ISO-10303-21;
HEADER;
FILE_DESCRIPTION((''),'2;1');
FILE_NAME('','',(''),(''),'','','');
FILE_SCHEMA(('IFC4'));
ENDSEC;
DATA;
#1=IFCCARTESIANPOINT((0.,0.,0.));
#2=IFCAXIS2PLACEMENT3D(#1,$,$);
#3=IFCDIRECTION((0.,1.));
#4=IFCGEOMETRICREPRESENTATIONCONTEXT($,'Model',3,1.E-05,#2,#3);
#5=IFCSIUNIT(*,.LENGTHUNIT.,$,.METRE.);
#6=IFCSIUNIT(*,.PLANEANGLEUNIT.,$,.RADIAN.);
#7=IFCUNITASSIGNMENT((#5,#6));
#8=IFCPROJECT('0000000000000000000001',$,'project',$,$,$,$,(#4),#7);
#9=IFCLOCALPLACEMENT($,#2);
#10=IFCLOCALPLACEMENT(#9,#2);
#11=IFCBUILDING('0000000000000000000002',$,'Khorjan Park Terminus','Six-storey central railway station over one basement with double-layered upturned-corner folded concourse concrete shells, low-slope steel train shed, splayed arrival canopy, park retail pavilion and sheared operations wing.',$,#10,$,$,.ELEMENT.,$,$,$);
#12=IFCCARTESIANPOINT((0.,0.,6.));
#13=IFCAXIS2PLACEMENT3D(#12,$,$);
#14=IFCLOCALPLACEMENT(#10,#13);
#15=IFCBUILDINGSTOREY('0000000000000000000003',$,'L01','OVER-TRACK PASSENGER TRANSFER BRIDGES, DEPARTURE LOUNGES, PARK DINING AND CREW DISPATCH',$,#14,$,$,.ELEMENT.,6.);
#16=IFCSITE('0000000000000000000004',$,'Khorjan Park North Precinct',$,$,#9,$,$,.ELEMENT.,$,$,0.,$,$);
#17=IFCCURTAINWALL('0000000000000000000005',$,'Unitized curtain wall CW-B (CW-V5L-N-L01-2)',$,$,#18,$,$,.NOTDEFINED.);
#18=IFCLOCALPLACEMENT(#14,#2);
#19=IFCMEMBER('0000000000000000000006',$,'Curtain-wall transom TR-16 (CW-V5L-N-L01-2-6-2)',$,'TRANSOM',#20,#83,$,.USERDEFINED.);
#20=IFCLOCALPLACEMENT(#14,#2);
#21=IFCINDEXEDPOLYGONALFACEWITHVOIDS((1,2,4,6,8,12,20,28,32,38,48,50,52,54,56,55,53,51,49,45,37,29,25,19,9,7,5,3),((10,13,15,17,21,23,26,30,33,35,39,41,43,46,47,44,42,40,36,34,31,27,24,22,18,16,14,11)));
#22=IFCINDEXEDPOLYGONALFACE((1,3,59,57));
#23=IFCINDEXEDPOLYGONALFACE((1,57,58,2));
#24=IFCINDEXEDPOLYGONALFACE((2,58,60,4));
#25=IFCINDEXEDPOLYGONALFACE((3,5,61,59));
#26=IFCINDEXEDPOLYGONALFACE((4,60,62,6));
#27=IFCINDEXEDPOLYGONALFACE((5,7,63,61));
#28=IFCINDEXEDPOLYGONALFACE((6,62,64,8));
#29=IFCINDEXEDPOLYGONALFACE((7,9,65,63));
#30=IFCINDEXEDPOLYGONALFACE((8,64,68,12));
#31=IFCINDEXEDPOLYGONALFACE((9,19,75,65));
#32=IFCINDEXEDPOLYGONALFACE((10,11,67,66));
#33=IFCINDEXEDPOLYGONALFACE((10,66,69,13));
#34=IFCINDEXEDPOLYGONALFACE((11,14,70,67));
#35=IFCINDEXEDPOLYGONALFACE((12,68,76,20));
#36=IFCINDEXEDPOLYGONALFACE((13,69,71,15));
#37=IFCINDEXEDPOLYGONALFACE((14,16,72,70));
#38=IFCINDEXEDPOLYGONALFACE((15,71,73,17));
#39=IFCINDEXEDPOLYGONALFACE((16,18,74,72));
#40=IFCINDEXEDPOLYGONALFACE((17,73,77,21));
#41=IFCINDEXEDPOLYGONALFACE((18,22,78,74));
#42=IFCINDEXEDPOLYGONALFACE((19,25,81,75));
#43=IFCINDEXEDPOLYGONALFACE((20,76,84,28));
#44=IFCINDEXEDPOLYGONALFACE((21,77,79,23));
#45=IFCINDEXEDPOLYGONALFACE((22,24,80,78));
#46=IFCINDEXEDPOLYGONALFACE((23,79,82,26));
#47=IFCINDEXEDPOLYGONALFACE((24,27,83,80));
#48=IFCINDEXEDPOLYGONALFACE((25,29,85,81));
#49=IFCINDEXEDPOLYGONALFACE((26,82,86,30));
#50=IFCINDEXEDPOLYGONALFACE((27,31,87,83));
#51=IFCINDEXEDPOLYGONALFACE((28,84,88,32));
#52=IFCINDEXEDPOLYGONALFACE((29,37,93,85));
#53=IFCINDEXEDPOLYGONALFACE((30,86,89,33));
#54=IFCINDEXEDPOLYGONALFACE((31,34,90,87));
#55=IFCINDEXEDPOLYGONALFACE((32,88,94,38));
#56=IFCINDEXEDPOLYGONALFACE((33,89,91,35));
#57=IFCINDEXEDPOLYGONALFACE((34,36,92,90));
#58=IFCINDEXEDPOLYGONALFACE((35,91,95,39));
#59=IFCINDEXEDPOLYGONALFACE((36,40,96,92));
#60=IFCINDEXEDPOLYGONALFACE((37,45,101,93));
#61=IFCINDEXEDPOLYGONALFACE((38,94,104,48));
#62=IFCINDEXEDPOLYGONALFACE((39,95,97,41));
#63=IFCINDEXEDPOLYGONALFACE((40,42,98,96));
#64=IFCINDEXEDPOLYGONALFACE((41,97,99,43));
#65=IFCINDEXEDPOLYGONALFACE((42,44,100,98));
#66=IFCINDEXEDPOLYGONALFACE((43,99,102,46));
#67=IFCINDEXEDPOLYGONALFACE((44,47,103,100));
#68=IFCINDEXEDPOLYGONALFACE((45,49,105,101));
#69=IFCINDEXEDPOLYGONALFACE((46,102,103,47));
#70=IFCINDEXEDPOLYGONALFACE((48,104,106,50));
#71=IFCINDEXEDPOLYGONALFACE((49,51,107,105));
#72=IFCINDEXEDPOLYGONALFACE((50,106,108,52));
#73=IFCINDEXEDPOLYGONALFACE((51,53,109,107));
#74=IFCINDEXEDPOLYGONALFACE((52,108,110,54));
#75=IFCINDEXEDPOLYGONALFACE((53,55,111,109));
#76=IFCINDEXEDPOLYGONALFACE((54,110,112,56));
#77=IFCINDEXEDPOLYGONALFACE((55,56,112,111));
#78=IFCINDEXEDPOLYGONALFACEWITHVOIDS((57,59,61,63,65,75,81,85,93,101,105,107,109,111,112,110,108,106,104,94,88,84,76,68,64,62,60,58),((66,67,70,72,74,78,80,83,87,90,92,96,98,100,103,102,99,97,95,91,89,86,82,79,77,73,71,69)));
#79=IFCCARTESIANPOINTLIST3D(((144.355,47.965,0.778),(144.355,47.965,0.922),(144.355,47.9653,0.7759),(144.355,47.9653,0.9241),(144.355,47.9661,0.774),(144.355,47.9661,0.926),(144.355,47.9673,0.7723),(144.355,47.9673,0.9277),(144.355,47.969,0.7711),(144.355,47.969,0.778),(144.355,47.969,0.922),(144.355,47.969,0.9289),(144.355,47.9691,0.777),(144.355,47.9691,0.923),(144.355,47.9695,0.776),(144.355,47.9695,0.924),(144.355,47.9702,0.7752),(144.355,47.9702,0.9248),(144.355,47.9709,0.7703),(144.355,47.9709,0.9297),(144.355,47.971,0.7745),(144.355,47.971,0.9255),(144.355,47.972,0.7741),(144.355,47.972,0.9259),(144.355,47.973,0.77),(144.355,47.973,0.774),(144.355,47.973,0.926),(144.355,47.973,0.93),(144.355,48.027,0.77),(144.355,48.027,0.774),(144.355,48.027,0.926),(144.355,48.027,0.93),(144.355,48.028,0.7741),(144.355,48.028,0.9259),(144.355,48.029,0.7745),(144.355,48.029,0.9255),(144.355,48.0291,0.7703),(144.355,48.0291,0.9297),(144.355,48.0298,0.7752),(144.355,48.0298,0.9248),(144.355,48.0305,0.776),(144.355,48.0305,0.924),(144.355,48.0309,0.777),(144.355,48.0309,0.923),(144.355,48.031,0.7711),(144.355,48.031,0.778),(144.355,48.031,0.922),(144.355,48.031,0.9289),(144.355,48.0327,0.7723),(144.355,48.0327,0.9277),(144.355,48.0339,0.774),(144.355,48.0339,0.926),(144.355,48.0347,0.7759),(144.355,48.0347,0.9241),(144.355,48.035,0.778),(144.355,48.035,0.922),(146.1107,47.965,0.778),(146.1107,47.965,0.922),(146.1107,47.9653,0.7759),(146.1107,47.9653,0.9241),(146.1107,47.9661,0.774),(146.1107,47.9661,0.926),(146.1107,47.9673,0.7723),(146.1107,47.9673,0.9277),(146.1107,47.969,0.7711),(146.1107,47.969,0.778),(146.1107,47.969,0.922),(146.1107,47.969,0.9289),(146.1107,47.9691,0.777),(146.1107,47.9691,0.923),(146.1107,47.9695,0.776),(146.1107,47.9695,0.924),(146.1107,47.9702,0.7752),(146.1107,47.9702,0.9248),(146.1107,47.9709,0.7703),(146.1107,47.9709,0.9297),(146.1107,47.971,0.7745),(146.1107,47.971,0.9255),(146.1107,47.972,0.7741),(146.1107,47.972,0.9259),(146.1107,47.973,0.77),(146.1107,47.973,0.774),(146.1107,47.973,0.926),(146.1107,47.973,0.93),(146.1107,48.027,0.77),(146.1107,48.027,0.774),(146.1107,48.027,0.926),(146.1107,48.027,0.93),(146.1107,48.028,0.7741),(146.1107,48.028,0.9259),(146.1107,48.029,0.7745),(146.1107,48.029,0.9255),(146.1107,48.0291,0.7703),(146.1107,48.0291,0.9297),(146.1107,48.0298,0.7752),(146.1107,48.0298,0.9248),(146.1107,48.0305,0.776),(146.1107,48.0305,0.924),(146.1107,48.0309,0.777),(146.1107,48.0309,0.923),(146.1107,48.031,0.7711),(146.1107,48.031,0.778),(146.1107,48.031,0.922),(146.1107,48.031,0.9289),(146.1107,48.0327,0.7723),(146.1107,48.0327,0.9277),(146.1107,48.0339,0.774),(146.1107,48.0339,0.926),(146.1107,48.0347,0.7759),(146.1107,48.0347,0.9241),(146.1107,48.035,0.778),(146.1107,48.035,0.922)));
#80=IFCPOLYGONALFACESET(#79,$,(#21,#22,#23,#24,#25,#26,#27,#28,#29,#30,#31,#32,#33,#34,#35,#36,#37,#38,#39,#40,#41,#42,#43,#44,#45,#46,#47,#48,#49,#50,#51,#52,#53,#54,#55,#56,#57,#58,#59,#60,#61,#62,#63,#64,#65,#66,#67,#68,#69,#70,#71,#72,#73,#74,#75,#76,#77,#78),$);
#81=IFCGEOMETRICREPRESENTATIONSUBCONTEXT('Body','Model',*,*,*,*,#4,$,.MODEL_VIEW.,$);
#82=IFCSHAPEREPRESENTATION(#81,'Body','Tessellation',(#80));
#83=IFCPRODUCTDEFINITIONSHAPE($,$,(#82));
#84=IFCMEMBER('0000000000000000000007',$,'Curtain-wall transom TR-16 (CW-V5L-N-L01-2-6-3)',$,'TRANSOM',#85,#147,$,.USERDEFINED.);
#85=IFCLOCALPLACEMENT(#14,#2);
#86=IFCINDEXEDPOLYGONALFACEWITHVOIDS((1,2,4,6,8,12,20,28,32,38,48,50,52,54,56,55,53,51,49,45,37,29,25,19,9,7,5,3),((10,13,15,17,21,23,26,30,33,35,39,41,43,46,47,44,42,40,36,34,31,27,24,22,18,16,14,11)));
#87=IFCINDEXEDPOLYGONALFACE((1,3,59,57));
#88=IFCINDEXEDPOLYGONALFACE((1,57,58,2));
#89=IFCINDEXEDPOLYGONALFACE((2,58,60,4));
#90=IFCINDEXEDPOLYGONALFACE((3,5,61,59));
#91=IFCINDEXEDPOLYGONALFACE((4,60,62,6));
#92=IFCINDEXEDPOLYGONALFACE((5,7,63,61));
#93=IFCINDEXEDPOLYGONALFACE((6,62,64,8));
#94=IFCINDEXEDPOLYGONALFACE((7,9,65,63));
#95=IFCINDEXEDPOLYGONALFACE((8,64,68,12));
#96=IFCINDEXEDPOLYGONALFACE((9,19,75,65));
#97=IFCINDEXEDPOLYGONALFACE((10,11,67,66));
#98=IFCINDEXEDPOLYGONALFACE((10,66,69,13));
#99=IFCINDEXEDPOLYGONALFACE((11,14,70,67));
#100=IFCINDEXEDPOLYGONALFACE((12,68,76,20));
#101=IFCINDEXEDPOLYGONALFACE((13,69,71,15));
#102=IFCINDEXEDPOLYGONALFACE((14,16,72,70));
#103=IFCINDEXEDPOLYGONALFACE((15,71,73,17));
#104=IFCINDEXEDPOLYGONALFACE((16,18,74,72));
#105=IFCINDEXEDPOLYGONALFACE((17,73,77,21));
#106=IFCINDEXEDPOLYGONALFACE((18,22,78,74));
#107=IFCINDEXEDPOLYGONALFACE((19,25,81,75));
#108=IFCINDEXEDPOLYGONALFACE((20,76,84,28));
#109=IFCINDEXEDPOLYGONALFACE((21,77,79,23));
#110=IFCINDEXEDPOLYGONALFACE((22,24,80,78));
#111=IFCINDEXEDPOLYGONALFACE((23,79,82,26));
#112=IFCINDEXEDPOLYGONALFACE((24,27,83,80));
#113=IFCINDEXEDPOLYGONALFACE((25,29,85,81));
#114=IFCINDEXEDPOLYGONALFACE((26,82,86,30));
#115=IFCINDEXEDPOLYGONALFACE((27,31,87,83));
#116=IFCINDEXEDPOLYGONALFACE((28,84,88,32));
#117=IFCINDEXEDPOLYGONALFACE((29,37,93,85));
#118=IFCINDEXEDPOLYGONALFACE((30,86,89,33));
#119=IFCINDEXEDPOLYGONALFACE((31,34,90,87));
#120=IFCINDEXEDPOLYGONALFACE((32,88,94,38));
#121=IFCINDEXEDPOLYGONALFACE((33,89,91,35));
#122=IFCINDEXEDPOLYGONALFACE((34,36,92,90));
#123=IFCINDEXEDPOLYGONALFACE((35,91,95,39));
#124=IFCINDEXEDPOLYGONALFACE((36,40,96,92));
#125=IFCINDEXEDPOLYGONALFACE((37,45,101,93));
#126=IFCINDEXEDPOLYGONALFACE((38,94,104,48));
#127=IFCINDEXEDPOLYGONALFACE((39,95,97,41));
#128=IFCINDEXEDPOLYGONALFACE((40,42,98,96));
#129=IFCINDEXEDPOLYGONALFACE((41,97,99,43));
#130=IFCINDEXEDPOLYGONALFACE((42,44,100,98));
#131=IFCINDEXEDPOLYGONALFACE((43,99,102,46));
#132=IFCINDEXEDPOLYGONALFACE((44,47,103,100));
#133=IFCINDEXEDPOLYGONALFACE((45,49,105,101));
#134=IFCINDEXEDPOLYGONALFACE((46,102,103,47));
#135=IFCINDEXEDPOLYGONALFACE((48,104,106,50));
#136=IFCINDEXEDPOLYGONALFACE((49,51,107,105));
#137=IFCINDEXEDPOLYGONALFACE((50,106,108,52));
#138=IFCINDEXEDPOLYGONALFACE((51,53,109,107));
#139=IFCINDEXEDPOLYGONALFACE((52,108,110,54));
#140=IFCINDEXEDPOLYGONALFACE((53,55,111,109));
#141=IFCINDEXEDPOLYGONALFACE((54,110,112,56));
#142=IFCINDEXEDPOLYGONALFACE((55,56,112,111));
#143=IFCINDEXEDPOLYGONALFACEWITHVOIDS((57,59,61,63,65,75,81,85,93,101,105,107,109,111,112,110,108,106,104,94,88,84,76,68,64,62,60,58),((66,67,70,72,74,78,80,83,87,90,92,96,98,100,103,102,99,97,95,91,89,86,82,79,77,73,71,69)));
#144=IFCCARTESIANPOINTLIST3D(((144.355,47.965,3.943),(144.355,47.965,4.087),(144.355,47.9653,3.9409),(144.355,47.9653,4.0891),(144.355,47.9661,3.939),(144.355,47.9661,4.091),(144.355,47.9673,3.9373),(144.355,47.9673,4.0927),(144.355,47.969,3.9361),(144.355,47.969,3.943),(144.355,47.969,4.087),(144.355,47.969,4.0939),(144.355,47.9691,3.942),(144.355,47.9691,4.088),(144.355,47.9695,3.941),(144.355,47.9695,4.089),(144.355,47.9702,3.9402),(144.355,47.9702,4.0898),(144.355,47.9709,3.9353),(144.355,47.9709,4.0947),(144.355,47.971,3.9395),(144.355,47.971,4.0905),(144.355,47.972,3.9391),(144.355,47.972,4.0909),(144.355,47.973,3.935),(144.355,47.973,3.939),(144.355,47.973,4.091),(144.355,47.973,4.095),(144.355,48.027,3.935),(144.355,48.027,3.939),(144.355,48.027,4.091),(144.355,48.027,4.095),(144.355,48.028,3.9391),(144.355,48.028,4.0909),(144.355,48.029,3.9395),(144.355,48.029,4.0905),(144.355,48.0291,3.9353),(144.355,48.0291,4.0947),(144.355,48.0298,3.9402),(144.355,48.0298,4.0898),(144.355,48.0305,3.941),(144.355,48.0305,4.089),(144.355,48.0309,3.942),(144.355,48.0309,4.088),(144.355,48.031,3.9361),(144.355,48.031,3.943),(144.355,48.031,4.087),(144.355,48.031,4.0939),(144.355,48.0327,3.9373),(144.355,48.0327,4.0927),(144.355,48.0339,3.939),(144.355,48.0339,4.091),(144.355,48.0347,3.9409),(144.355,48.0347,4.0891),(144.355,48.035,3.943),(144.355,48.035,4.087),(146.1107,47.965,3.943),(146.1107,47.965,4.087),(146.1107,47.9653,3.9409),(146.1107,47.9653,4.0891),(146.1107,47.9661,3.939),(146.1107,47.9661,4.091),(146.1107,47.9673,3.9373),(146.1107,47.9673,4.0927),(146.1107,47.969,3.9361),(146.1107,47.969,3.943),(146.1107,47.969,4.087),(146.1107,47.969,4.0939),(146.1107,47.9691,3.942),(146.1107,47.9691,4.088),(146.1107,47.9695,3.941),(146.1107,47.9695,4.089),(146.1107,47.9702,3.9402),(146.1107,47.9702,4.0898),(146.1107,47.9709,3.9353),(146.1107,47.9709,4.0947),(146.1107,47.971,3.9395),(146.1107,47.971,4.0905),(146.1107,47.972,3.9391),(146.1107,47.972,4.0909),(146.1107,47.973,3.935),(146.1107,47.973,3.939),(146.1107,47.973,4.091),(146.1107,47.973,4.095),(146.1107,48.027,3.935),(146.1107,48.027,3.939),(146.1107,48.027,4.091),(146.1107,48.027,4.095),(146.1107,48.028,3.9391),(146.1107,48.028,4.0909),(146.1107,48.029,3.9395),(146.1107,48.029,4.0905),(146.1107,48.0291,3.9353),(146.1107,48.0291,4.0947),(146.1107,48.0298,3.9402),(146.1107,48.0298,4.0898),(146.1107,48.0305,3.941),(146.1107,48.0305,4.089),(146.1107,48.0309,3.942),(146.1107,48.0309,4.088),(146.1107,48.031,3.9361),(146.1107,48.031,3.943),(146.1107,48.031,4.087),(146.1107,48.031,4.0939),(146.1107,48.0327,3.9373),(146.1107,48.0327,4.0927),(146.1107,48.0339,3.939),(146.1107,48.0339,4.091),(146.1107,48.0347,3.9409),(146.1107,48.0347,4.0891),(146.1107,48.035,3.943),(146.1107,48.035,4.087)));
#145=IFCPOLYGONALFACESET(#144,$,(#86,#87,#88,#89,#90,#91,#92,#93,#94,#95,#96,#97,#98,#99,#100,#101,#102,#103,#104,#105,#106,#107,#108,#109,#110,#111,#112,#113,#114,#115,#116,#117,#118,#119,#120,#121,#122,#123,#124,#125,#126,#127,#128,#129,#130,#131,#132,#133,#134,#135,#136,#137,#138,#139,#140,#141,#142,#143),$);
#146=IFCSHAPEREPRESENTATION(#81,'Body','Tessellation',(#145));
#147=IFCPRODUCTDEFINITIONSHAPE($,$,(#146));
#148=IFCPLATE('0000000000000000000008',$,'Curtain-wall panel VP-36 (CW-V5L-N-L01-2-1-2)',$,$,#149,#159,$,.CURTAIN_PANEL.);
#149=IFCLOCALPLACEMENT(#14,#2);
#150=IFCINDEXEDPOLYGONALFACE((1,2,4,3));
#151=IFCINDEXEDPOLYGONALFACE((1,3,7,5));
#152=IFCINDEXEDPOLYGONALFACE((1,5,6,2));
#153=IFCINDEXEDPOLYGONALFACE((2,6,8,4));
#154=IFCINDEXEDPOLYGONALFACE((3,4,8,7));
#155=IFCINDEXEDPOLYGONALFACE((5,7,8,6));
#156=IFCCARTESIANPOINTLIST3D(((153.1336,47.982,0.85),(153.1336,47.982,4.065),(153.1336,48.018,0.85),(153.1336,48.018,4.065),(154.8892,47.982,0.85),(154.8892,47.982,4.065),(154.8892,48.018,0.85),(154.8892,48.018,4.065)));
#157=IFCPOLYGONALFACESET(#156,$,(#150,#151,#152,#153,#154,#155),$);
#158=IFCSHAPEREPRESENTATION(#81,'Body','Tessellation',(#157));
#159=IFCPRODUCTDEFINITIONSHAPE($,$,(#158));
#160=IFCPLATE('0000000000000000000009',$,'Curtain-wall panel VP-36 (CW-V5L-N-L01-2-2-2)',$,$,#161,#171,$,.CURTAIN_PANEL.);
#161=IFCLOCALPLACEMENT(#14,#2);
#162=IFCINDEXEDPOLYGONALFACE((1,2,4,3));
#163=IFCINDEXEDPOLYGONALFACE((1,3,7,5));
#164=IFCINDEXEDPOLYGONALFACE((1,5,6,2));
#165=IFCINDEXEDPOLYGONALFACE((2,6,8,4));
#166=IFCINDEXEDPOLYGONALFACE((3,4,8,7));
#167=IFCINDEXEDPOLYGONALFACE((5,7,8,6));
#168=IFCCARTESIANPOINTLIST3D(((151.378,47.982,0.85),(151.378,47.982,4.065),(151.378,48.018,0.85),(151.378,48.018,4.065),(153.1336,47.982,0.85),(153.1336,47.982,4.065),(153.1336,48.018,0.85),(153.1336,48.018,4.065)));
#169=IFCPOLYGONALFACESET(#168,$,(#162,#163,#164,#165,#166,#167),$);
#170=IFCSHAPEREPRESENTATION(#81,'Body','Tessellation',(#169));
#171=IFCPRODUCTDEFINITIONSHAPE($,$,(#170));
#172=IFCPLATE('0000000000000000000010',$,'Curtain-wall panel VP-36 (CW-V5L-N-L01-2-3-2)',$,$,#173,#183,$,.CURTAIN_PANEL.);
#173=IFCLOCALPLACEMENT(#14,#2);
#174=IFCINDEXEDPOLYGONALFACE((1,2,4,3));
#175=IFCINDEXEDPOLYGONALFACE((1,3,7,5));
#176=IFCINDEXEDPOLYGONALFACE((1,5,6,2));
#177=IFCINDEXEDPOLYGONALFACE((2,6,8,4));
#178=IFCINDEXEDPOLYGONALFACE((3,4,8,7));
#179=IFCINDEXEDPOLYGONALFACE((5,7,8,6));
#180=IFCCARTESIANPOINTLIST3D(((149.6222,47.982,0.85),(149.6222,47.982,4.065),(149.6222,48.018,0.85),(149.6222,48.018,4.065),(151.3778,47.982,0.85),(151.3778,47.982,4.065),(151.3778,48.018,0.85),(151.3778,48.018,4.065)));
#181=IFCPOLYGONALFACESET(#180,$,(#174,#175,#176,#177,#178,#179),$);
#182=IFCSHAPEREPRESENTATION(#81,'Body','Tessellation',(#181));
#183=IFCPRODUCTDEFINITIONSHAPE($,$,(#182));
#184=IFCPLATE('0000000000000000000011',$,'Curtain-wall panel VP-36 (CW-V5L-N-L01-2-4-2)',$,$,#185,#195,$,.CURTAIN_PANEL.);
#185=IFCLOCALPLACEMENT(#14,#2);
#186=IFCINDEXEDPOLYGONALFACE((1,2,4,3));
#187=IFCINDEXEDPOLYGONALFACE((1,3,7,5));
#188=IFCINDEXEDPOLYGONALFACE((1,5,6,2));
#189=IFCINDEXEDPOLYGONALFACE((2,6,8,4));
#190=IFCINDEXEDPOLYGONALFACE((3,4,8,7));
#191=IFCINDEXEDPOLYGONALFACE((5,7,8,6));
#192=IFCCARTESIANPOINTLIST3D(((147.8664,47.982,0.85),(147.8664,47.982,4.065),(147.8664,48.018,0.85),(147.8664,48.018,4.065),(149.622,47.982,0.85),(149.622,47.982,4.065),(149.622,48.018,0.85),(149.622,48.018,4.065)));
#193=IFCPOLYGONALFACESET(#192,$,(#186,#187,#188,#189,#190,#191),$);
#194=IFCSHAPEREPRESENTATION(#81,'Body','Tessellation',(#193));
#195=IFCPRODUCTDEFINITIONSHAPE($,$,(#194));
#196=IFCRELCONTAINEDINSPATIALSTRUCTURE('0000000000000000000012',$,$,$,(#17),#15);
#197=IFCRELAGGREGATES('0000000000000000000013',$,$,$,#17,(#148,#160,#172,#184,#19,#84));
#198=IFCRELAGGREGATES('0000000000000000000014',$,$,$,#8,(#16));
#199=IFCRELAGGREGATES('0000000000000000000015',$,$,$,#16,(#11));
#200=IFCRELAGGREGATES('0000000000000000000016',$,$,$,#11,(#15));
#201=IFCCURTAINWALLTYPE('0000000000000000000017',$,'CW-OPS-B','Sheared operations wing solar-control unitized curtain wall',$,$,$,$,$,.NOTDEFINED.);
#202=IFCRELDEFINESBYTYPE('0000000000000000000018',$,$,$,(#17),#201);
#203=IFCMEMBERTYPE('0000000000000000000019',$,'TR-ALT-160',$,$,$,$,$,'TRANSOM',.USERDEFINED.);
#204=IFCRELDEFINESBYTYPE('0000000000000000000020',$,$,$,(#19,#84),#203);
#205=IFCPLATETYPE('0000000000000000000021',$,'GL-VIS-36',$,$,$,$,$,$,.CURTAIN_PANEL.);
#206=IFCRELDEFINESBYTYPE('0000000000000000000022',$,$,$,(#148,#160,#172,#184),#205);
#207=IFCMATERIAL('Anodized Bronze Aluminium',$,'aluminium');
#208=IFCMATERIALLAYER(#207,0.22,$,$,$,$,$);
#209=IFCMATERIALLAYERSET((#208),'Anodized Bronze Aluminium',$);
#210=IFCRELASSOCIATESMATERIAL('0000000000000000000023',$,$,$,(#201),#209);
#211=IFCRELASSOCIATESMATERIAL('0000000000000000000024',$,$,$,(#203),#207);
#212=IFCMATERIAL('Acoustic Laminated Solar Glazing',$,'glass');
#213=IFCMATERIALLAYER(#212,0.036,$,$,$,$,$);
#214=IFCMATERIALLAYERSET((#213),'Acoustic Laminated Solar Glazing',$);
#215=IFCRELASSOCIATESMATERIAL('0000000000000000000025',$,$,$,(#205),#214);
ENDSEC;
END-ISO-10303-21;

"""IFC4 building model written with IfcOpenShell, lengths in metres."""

from ifc_helpers import new_model, si_unit, direction, frame, origin, origin_2d, place, context, subcontext, project, spatial, rectangle, hollow_rectangle, extrude, material, layer, layer_set, material_profile, profile_set, type_object, element, aggregate, save


model = new_model("IFC4")

# Units and contexts
model_context = context("Model", 3, precision=1e-05, world=origin(), true_north=direction((0.0, 1.0)))
body_context = subcontext(model_context, "Body", "Model", "MODEL_VIEW")
ifc_project = project(units=[si_unit("LENGTHUNIT", "METRE"), si_unit("PLANEANGLEUNIT", "RADIAN")], contexts=[model_context])

# Site, building, storey
site_placement = place(None, origin())
site = spatial("IfcSite", under=ifc_project, at=site_placement, Name="Khorjan Park North Precinct", CompositionType="ELEMENT", RefElevation=0.0)
building_placement = place(site_placement, origin())
building = spatial("IfcBuilding", under=site, at=building_placement, Name="Khorjan Park Terminus", Description="Six-storey central railway station over one basement with double-layered upturned-corner folded concourse concrete shells, low-slope steel train shed, splayed arrival canopy, park retail pavilion and sheared operations wing.", CompositionType="ELEMENT")
storey_placement = place(building_placement, frame((0.0, 0.0, 6.0)))
storey = spatial("IfcBuildingStorey", under=building, at=storey_placement, Name="L01", Description="OVER-TRACK PASSENGER TRANSFER BRIDGES, DEPARTURE LOUNGES, PARK DINING AND CREW DISPATCH", CompositionType="ELEMENT", Elevation=6.0)

# Curtain wall, members, plates
ifc_material_1 = material(Name="Anodized Bronze Aluminium", Category="aluminium")
ifc_layer_1 = layer(ifc_material_1, 0.22)
ifc_layer_set_1 = layer_set([ifc_layer_1], Name="Anodized Bronze Aluminium")
curtain_wall_type = type_object("IfcCurtainWallType", Name="CW-OPS-B", Description="Sheared operations wing solar-control unitized curtain wall", PredefinedType="NOTDEFINED", material=ifc_layer_set_1)
curtain_wall_placement = place(storey_placement, origin())
curtain_wall = element("IfcCurtainWall", 1, at=curtain_wall_placement, inside=storey, type_object=curtain_wall_type, Name="Unitized curtain wall CW-B (CW-V5L-N-L01-2)", PredefinedType="NOTDEFINED")
ifc_material_profile_1 = material_profile(ifc_material_1, hollow_rectangle(XDim=0.07, YDim=0.16, WallThickness=0.004, InnerFilletRadius=0.004, OuterFilletRadius=0.008, at=origin_2d()), Name="ALT 70x160x4")
ifc_profile_set_1 = profile_set([ifc_material_profile_1], Name="Anodized Bronze Aluminium")
member_type_1 = type_object("IfcMemberType", Name="TR-ALT-160", ElementType="TRANSOM", PredefinedType="USERDEFINED", material=ifc_profile_set_1)
member_1_placement = place(storey_placement, frame((146.1107, 48.0, 0.85), z_axis=(-1.0, 0.0, 0.0), x_axis=(0.0, -1.0, 0.0)))
member_1 = element("IfcMember", 2, at=member_1_placement, type_object=member_type_1, Name="Curtain-wall transom TR-16 (CW-V5L-N-L01-2-6-2)", ObjectType="TRANSOM", PredefinedType="USERDEFINED", context=body_context, shape_type="SweptSolid", body=[
    extrude(hollow_rectangle(XDim=0.07, YDim=0.16, WallThickness=0.004, InnerFilletRadius=0.004, OuterFilletRadius=0.008, at=origin_2d()), origin(), (0.0, 0.0, 1.0), 1.7557),
])
member_2_placement = place(storey_placement, frame((146.1107, 48.0, 4.015), z_axis=(-1.0, 0.0, 0.0), x_axis=(0.0, -1.0, 0.0)))
member_2 = element("IfcMember", 3, at=member_2_placement, type_object=member_type_1, Name="Curtain-wall transom TR-16 (CW-V5L-N-L01-2-6-3)", ObjectType="TRANSOM", PredefinedType="USERDEFINED", context=body_context, shape_type="SweptSolid", body=[
    extrude(hollow_rectangle(XDim=0.07, YDim=0.16, WallThickness=0.004, InnerFilletRadius=0.004, OuterFilletRadius=0.008, at=origin_2d()), origin(), (0.0, 0.0, 1.0), 1.7557),
])
ifc_material_2 = material(Name="Acoustic Laminated Solar Glazing", Category="glass")
ifc_layer_2 = layer(ifc_material_2, 0.036)
ifc_layer_set_2 = layer_set([ifc_layer_2], Name="Acoustic Laminated Solar Glazing")
plate_type_1 = type_object("IfcPlateType", Name="GL-VIS-36", PredefinedType="CURTAIN_PANEL", material=ifc_layer_set_2)
plate_1_placement = place(storey_placement, frame((154.0114, 48.0, 0.85), z_axis=(0.0, 0.0, 1.0), x_axis=(-1.0, 0.0, 0.0)))
plate_1 = element("IfcPlate", 4, at=plate_1_placement, type_object=plate_type_1, Name="Curtain-wall panel VP-36 (CW-V5L-N-L01-2-1-2)", PredefinedType="CURTAIN_PANEL", context=body_context, shape_type="SweptSolid", body=[
    extrude(rectangle(XDim=1.7557, YDim=0.036, at=origin_2d()), origin(), (0.0, 0.0, 1.0), 3.215),
])
plate_2_placement = place(storey_placement, frame((152.2558, 48.0, 0.85), z_axis=(0.0, 0.0, 1.0), x_axis=(-1.0, 0.0, 0.0)))
plate_2 = element("IfcPlate", 5, at=plate_2_placement, type_object=plate_type_1, Name="Curtain-wall panel VP-36 (CW-V5L-N-L01-2-2-2)", PredefinedType="CURTAIN_PANEL", context=body_context, shape_type="SweptSolid", body=[
    extrude(rectangle(XDim=1.7557, YDim=0.036, at=origin_2d()), origin(), (0.0, 0.0, 1.0), 3.215),
])
plate_3_placement = place(storey_placement, frame((150.5, 48.0, 0.85), z_axis=(0.0, 0.0, 1.0), x_axis=(-1.0, 0.0, 0.0)))
plate_3 = element("IfcPlate", 6, at=plate_3_placement, type_object=plate_type_1, Name="Curtain-wall panel VP-36 (CW-V5L-N-L01-2-3-2)", PredefinedType="CURTAIN_PANEL", context=body_context, shape_type="SweptSolid", body=[
    extrude(rectangle(XDim=1.7557, YDim=0.036, at=origin_2d()), origin(), (0.0, 0.0, 1.0), 3.215),
])
plate_4_placement = place(storey_placement, frame((148.7442, 48.0, 0.85), z_axis=(0.0, 0.0, 1.0), x_axis=(-1.0, 0.0, 0.0)))
plate_4 = element("IfcPlate", 7, at=plate_4_placement, type_object=plate_type_1, Name="Curtain-wall panel VP-36 (CW-V5L-N-L01-2-4-2)", PredefinedType="CURTAIN_PANEL", context=body_context, shape_type="SweptSolid", body=[
    extrude(rectangle(XDim=1.7557, YDim=0.036, at=origin_2d()), origin(), (0.0, 0.0, 1.0), 3.215),
])
aggregate(curtain_wall, [plate_1, plate_2, plate_3, plate_4, member_1, member_2])

save(model, "model.ifc")
